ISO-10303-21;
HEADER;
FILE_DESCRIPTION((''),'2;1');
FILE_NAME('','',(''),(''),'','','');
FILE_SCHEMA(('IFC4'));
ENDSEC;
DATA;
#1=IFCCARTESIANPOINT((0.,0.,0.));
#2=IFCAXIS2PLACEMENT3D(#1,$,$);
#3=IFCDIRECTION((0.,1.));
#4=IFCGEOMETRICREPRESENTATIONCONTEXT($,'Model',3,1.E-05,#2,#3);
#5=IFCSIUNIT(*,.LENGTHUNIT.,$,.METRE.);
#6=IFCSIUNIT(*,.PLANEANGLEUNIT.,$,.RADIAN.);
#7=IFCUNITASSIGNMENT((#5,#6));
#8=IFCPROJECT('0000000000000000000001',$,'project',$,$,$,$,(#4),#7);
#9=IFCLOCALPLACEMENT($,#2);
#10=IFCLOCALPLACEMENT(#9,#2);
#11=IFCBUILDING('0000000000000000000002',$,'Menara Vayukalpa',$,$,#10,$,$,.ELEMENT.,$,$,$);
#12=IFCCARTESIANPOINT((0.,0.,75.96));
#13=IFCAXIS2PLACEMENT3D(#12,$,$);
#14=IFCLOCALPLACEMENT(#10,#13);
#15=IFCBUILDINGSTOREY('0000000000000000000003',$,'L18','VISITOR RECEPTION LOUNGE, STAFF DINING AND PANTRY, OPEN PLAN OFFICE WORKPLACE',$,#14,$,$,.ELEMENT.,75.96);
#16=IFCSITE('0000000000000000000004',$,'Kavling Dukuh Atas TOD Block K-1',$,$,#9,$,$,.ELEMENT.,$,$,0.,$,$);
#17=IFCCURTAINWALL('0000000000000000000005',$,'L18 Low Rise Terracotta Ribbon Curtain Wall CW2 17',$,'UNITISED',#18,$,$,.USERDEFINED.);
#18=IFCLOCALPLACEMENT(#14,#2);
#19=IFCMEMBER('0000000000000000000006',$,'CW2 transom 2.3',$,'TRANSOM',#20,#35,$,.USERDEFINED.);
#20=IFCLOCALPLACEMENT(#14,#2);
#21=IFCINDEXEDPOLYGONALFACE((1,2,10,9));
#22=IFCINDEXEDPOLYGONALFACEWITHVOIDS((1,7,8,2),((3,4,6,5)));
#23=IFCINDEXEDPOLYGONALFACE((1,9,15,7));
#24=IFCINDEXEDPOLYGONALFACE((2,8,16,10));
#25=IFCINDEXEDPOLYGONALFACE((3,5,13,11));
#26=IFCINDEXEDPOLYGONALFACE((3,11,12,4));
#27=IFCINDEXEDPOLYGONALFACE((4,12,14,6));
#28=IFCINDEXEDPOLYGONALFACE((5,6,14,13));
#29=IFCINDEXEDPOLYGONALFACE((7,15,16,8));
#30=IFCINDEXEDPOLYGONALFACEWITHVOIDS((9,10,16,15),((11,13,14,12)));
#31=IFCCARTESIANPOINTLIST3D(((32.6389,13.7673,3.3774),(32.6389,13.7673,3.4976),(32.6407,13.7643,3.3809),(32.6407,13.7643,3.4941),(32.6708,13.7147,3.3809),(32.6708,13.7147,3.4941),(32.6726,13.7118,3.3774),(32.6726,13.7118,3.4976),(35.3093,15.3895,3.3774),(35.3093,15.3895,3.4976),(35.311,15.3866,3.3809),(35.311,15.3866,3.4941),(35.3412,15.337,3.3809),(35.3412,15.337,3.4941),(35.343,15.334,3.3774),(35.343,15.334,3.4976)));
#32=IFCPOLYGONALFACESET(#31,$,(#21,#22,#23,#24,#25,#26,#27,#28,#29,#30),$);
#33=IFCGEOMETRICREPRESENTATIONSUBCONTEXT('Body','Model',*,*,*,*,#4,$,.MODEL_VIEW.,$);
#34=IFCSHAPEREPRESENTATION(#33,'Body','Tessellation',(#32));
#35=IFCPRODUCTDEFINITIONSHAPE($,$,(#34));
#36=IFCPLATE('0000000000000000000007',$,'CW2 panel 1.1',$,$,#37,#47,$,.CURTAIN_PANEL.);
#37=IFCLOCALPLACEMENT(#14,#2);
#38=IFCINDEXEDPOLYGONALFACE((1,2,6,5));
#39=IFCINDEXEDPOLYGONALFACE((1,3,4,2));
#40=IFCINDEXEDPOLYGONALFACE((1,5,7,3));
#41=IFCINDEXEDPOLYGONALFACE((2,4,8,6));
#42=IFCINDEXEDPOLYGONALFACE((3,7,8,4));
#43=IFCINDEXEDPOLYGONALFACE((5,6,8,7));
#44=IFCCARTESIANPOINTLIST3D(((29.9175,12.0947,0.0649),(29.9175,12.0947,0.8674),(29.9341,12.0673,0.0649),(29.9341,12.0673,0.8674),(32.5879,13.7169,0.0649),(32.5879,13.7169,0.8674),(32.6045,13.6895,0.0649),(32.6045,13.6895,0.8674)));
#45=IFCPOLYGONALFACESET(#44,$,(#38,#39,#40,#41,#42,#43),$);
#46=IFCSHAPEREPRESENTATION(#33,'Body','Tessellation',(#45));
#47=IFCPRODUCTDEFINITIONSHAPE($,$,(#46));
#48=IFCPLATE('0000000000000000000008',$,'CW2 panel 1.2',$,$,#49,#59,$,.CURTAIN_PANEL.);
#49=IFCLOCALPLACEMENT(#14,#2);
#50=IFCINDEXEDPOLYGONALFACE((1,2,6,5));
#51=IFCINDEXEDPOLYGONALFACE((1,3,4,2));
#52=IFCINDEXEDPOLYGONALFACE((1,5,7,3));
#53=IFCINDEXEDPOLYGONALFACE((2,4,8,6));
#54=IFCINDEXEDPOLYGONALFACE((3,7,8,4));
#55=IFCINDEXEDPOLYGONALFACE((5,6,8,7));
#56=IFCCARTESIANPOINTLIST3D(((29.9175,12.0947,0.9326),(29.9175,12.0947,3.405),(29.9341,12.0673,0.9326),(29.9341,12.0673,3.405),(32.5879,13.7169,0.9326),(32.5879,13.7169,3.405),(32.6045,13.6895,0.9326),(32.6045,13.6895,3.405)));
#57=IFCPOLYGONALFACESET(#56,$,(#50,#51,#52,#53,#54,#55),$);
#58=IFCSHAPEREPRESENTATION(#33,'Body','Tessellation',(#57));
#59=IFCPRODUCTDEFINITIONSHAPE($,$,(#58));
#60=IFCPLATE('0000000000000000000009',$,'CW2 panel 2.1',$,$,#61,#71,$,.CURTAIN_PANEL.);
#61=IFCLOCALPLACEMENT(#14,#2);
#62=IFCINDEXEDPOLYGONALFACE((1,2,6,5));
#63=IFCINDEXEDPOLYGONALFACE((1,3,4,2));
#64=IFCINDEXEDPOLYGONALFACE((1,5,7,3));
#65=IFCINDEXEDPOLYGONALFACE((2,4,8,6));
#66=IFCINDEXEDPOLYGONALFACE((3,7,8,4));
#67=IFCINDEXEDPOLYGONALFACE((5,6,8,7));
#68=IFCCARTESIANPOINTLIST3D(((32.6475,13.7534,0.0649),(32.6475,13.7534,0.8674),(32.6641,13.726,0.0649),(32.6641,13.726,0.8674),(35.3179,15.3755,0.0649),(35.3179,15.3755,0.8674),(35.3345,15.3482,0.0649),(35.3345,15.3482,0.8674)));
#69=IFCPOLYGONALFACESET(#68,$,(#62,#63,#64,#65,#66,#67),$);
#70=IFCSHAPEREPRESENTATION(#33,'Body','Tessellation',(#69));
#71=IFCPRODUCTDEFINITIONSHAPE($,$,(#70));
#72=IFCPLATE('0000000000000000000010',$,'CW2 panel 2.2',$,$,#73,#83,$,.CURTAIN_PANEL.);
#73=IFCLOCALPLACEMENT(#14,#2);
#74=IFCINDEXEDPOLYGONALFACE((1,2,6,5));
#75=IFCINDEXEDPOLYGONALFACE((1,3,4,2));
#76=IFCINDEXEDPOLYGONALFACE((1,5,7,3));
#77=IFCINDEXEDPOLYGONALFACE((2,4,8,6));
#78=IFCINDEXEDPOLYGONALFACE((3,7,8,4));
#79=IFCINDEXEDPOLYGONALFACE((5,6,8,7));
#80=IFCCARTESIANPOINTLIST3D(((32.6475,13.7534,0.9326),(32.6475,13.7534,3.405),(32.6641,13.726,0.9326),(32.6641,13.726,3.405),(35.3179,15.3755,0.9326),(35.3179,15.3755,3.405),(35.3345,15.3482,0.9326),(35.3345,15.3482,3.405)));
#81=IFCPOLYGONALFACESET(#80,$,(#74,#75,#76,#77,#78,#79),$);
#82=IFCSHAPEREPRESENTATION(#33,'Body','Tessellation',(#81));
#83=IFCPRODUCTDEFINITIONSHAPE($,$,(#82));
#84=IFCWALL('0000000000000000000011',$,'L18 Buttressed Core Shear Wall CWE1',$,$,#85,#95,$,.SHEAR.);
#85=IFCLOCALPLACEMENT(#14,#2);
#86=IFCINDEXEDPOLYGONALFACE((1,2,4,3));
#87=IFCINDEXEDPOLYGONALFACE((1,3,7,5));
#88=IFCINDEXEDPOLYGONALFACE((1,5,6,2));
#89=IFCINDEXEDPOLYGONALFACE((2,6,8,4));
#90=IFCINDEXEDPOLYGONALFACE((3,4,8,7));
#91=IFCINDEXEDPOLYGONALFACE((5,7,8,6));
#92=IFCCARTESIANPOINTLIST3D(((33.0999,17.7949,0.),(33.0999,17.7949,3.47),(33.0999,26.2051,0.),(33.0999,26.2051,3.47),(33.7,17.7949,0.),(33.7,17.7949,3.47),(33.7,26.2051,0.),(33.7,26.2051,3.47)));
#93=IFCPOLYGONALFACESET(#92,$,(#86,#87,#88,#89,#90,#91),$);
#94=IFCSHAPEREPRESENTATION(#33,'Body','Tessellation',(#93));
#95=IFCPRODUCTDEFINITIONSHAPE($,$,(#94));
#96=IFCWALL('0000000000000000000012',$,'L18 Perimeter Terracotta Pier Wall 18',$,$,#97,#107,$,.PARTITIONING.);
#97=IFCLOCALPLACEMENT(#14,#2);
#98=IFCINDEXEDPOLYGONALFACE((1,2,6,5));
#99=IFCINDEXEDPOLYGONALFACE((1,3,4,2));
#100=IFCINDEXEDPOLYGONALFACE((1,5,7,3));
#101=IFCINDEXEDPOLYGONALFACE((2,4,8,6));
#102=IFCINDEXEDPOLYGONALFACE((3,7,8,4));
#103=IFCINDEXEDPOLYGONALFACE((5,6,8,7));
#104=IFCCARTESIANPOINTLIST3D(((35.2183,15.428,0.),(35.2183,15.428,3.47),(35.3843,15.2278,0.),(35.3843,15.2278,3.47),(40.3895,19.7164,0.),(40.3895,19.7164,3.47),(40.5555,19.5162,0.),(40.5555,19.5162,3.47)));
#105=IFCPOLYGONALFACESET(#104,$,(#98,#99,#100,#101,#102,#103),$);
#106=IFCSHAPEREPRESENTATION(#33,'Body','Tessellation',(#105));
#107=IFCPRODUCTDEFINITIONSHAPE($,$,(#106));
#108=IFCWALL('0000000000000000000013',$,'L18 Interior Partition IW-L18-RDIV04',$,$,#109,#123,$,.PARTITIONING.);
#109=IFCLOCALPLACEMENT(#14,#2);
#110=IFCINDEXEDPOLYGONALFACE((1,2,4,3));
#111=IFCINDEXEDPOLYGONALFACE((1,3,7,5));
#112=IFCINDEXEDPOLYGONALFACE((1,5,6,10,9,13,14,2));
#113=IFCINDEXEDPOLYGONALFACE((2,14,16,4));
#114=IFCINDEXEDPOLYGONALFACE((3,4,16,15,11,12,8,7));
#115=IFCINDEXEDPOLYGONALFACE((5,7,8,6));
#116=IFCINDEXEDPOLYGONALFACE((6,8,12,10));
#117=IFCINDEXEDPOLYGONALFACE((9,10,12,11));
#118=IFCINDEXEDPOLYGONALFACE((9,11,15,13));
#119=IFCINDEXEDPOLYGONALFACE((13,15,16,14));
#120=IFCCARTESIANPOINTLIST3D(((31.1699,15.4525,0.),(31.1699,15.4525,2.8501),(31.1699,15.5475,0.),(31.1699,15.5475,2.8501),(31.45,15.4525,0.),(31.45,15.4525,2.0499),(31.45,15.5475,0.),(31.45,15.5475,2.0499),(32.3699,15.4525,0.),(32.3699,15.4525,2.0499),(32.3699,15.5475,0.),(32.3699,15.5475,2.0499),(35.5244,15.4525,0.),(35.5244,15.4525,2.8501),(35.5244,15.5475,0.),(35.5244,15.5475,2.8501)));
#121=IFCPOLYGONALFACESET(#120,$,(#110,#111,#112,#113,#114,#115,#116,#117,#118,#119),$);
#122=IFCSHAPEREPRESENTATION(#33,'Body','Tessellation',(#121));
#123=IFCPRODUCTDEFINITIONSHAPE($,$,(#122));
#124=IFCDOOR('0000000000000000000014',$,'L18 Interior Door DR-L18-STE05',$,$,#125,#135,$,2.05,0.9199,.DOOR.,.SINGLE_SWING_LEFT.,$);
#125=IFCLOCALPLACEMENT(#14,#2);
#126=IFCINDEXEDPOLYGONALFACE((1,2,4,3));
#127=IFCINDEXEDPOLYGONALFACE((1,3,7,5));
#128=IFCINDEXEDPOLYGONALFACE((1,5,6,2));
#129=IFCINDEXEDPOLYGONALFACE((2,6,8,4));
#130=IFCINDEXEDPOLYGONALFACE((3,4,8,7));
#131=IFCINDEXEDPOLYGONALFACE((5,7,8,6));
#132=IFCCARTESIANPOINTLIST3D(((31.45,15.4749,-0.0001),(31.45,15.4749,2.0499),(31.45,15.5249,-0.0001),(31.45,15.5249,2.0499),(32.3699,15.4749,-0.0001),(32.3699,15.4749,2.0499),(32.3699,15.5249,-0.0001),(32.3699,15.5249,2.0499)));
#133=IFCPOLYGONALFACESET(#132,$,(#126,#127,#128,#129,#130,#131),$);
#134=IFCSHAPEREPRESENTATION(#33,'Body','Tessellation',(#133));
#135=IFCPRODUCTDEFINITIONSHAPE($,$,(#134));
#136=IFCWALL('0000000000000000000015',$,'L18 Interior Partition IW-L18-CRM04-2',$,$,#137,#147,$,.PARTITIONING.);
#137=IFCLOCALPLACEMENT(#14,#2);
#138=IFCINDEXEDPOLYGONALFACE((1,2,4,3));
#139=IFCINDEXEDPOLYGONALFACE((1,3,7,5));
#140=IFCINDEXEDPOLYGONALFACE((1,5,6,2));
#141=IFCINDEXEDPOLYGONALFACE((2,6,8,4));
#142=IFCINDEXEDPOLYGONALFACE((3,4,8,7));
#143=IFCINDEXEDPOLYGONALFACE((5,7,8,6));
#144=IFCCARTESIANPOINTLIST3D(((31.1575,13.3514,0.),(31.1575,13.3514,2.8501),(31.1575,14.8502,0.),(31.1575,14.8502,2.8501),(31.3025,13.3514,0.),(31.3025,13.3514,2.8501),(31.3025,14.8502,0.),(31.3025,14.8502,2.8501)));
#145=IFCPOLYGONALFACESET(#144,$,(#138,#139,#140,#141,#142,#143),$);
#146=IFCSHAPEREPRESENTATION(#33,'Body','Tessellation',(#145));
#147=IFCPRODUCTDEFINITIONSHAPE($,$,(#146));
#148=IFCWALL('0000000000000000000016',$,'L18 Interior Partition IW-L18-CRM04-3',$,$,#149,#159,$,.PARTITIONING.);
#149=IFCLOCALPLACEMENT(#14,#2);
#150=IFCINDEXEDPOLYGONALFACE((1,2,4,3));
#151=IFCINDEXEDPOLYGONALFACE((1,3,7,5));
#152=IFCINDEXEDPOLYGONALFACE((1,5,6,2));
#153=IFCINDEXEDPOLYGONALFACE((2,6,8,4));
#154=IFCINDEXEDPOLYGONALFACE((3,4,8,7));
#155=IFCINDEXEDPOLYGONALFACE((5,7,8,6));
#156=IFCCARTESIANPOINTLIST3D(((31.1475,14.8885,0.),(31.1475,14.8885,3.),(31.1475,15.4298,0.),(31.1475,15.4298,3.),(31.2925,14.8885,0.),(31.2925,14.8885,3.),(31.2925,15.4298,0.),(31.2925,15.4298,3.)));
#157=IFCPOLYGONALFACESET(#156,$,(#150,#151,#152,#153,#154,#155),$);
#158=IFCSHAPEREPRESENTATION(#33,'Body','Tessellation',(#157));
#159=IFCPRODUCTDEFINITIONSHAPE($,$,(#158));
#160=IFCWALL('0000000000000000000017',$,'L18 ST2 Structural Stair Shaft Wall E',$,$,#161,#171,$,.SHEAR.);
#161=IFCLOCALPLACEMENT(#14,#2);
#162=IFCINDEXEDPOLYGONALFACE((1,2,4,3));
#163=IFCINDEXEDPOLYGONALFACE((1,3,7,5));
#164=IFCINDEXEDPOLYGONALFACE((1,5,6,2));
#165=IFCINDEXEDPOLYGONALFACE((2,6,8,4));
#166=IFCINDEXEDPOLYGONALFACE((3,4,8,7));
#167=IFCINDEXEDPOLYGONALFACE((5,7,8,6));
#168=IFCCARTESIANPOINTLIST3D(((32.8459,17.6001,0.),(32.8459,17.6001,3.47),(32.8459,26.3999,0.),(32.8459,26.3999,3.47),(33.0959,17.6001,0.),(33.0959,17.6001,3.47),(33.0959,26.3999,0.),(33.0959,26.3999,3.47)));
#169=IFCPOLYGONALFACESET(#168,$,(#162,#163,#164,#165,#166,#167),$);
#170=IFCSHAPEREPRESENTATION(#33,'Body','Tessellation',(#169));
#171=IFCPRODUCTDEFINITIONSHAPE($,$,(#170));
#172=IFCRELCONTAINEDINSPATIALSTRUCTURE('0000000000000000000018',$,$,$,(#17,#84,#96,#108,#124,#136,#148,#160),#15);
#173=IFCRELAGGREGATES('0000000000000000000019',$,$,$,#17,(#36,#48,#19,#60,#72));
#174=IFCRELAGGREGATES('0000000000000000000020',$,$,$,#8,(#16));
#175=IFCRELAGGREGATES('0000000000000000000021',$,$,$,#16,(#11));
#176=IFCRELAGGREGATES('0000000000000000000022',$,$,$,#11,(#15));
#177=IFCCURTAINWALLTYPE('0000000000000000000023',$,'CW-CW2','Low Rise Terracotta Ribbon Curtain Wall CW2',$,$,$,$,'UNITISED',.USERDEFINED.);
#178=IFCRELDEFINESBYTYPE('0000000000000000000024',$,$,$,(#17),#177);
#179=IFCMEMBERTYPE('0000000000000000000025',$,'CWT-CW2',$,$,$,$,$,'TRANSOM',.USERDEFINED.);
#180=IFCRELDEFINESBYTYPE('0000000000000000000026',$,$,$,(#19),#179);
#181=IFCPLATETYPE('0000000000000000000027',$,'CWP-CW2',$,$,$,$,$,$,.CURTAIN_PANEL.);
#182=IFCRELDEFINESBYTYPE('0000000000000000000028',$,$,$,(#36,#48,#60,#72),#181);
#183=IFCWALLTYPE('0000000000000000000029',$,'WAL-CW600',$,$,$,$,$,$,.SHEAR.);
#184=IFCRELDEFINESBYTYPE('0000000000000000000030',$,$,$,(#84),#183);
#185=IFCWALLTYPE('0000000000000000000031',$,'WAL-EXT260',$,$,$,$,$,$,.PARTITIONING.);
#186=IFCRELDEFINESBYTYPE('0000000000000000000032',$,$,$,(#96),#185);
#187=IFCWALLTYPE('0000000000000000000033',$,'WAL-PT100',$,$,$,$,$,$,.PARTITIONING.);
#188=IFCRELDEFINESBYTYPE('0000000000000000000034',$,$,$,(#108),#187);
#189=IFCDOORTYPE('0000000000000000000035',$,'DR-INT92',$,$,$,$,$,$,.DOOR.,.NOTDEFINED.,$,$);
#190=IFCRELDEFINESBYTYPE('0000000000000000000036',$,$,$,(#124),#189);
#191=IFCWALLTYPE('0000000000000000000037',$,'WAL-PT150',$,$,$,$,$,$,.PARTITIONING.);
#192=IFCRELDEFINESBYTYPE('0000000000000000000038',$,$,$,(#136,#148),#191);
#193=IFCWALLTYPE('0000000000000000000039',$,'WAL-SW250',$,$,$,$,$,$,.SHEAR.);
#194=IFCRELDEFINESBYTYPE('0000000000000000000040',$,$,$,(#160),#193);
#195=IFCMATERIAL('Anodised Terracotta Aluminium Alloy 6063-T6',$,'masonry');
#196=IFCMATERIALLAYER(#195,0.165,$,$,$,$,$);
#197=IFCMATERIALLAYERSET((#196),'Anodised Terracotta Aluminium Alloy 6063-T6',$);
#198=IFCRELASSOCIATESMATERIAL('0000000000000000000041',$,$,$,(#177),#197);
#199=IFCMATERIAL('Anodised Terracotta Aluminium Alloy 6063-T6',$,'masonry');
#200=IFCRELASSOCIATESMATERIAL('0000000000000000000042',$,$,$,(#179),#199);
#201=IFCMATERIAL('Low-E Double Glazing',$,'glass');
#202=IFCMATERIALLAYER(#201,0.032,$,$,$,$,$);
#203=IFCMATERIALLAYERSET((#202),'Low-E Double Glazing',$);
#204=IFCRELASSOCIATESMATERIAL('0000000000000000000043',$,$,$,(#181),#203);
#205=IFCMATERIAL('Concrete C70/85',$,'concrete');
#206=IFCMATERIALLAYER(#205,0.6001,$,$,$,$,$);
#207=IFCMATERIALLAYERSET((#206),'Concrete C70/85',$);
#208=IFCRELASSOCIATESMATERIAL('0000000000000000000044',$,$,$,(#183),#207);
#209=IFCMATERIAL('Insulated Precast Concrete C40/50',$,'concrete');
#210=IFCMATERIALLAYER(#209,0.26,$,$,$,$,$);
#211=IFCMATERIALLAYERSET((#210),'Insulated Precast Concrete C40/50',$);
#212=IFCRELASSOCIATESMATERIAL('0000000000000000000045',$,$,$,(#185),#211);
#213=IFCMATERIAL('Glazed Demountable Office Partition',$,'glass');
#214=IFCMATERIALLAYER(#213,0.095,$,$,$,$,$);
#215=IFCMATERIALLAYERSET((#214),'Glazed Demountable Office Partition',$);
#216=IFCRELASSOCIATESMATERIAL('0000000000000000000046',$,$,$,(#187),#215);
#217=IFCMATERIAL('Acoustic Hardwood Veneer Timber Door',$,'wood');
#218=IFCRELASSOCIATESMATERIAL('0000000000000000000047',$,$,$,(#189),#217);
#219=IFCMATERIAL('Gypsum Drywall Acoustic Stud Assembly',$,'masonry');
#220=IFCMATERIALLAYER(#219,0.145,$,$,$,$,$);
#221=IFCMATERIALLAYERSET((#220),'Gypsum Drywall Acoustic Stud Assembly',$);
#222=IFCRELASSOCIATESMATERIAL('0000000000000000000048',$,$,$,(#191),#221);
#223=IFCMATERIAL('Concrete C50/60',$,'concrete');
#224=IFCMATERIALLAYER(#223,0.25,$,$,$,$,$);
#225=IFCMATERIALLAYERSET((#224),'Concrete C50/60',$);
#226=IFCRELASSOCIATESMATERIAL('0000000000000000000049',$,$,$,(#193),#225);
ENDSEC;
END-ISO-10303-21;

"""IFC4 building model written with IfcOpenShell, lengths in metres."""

from ifc_helpers import new_model, si_unit, direction, frame, frame_2d, origin, origin_2d, place, context, subcontext, project, spatial, rectangle, hollow_rectangle, extrude, material, layer, layer_set, material_profile, profile_set, type_object, element, fill, aggregate, save


model = new_model("IFC4")

# Units and contexts
model_context = context("Model", 3, precision=1e-05, world=origin(), true_north=direction((0.0, 1.0)))
body_context = subcontext(model_context, "Body", "Model", "MODEL_VIEW")
ifc_project = project(units=[si_unit("LENGTHUNIT", "METRE"), si_unit("PLANEANGLEUNIT", "RADIAN")], contexts=[model_context])

# Site, building, storey
site_placement = place(None, origin())
site = spatial("IfcSite", under=ifc_project, at=site_placement, Name="Kavling Dukuh Atas TOD Block K-1", CompositionType="ELEMENT", RefElevation=0.0)
building_placement = place(site_placement, origin())
building = spatial("IfcBuilding", under=site, at=building_placement, Name="Menara Vayukalpa", CompositionType="ELEMENT")
storey_placement = place(building_placement, frame((0.0, 0.0, 75.96)))
storey = spatial("IfcBuildingStorey", under=building, at=storey_placement, Name="L18", Description="VISITOR RECEPTION LOUNGE, STAFF DINING AND PANTRY, OPEN PLAN OFFICE WORKPLACE", CompositionType="ELEMENT", Elevation=75.96)

# Curtain wall, member, plates
ifc_material_1 = material(Name="Anodised Terracotta Aluminium Alloy 6063-T6", Category="masonry")
ifc_layer_1 = layer(ifc_material_1, 0.165)
ifc_layer_set_1 = layer_set([ifc_layer_1], Name="Anodised Terracotta Aluminium Alloy 6063-T6")
curtain_wall_type = type_object("IfcCurtainWallType", Name="CW-CW2", Description="Low Rise Terracotta Ribbon Curtain Wall CW2", ElementType="UNITISED", PredefinedType="USERDEFINED", material=ifc_layer_set_1)
curtain_wall_placement = place(storey_placement, origin())
curtain_wall = element("IfcCurtainWall", 1, at=curtain_wall_placement, inside=storey, type_object=curtain_wall_type, Name="L18 Low Rise Terracotta Ribbon Curtain Wall CW2 17", ObjectType="UNITISED", PredefinedType="USERDEFINED")
ifc_material_2 = material(Name="Anodised Terracotta Aluminium Alloy 6063-T6", Category="masonry")
ifc_material_profile_1 = material_profile(ifc_material_2, hollow_rectangle(XDim=0.0649, YDim=0.1201, WallThickness=0.0034, at=origin_2d()), Name="ALU 65x120x3.5")
ifc_profile_set_1 = profile_set([ifc_material_profile_1], Name="Anodised Terracotta Aluminium Alloy 6063-T6")
member_type_1 = type_object("IfcMemberType", Name="CWT-CW2", ElementType="TRANSOM", PredefinedType="USERDEFINED", material=ifc_profile_set_1)
member_1_placement = place(storey_placement, frame((32.6558, 13.7395, 3.4375), z_axis=(0.854646, 0.519211, 0.0), x_axis=(-0.519211, 0.854646, 0.0)))
member_1 = element("IfcMember", 2, at=member_1_placement, type_object=member_type_1, Name="CW2 transom 2.3", ObjectType="TRANSOM", PredefinedType="USERDEFINED", context=body_context, shape_type="SweptSolid", body=[
    extrude(hollow_rectangle(XDim=0.0649, YDim=0.1201, WallThickness=0.0034, at=origin_2d()), origin(), (0.0, 0.0, 1.0), 3.1245),
])
ifc_material_3 = material(Name="Low-E Double Glazing", Category="glass")
ifc_layer_2 = layer(ifc_material_3, 0.032)
ifc_layer_set_2 = layer_set([ifc_layer_2], Name="Low-E Double Glazing")
plate_type = type_object("IfcPlateType", Name="CWP-CW2", PredefinedType="CURTAIN_PANEL", material=ifc_layer_set_2)
plate_1_placement = place(storey_placement, frame((31.261, 12.8921, 0.0649), z_axis=(0.0, 0.0, 1.0), x_axis=(0.854663, 0.519183, 0.0)))
plate_1 = element("IfcPlate", 3, at=plate_1_placement, type_object=plate_type, Name="CW2 panel 1.1", PredefinedType="CURTAIN_PANEL", context=body_context, shape_type="SweptSolid", body=[
    extrude(rectangle(XDim=3.1245, YDim=0.032, at=origin_2d()), origin(), (0.0, 0.0, 1.0), 0.8025),
])
plate_2_placement = place(storey_placement, frame((31.261, 12.8921, 0.9326), z_axis=(0.0, 0.0, 1.0), x_axis=(0.854663, 0.519183, 0.0)))
plate_2 = element("IfcPlate", 4, at=plate_2_placement, type_object=plate_type, Name="CW2 panel 1.2", PredefinedType="CURTAIN_PANEL", context=body_context, shape_type="SweptSolid", body=[
    extrude(rectangle(XDim=3.1245, YDim=0.032, at=origin_2d()), origin(), (0.0, 0.0, 1.0), 2.4724),
])
plate_3_placement = place(storey_placement, frame((33.991, 14.5508, 0.0649), z_axis=(0.0, 0.0, 1.0), x_axis=(0.854663, 0.519183, 0.0)))
plate_3 = element("IfcPlate", 5, at=plate_3_placement, type_object=plate_type, Name="CW2 panel 2.1", PredefinedType="CURTAIN_PANEL", context=body_context, shape_type="SweptSolid", body=[
    extrude(rectangle(XDim=3.1245, YDim=0.032, at=origin_2d()), origin(), (0.0, 0.0, 1.0), 0.8025),
])
plate_4_placement = place(storey_placement, frame((33.991, 14.5508, 0.9326), z_axis=(0.0, 0.0, 1.0), x_axis=(0.854663, 0.519183, 0.0)))
plate_4 = element("IfcPlate", 6, at=plate_4_placement, type_object=plate_type, Name="CW2 panel 2.2", PredefinedType="CURTAIN_PANEL", context=body_context, shape_type="SweptSolid", body=[
    extrude(rectangle(XDim=3.1245, YDim=0.032, at=origin_2d()), origin(), (0.0, 0.0, 1.0), 2.4724),
])
aggregate(curtain_wall, [plate_1, plate_2, member_1, plate_3, plate_4])

# Walls
ifc_material_4 = material(Name="Concrete C70/85", Category="concrete")
ifc_layer_3 = layer(ifc_material_4, 0.6001)
ifc_layer_set_3 = layer_set([ifc_layer_3], Name="Concrete C70/85")
wall_type_1 = type_object("IfcWallType", Name="WAL-CW600", PredefinedType="SHEAR", material=ifc_layer_set_3)
wall_1_placement = place(storey_placement, frame((33.3999, 17.7949, 0.0), z_axis=(0.0, 0.0, 1.0), x_axis=(0.0, 1.0, 0.0)))
element("IfcWall", 7, at=wall_1_placement, inside=storey, type_object=wall_type_1, Name="L18 Buttressed Core Shear Wall CWE1", PredefinedType="SHEAR", context=body_context, shape_type="SweptSolid", body=[
    extrude(rectangle(XDim=8.4102, YDim=0.6001, at=frame_2d((4.2051, 0.0))), origin(), (0.0, 0.0, 1.0), 3.47),
])
ifc_material_5 = material(Name="Insulated Precast Concrete C40/50", Category="concrete")
ifc_layer_4 = layer(ifc_material_5, 0.26)
ifc_layer_set_4 = layer_set([ifc_layer_4], Name="Insulated Precast Concrete C40/50")
wall_type_2 = type_object("IfcWallType", Name="WAL-EXT260", PredefinedType="PARTITIONING", material=ifc_layer_set_4)
wall_2_placement = place(storey_placement, frame((40.4724, 19.6162, 0.0), z_axis=(0.0, 0.0, 1.0), x_axis=(-0.769753, -0.638342, 0.0)))
element("IfcWall", 8, at=wall_2_placement, inside=storey, type_object=wall_type_2, Name="L18 Perimeter Terracotta Pier Wall 18", PredefinedType="PARTITIONING", context=body_context, shape_type="SweptSolid", body=[
    extrude(rectangle(XDim=6.718, YDim=0.26, at=frame_2d((3.3589, 0.0))), origin(), (0.0, 0.0, 1.0), 3.47),
])

# Wall, opening, door
ifc_material_6 = material(Name="Glazed Demountable Office Partition", Category="glass")
ifc_layer_5 = layer(ifc_material_6, 0.095)
ifc_layer_set_5 = layer_set([ifc_layer_5], Name="Glazed Demountable Office Partition")
wall_type_3 = type_object("IfcWallType", Name="WAL-PT100", PredefinedType="PARTITIONING", material=ifc_layer_set_5)
wall_3_placement = place(storey_placement, frame((31.1699, 15.5, 0.0), z_axis=(0.0, 0.0, 1.0), x_axis=(1.0, 0.0, 0.0)))
wall_3 = element("IfcWall", 9, at=wall_3_placement, inside=storey, type_object=wall_type_3, Name="L18 Interior Partition IW-L18-RDIV04", PredefinedType="PARTITIONING", context=body_context, shape_type="SweptSolid", body=[
    extrude(rectangle(XDim=4.3545, YDim=0.095, at=frame_2d((2.1772, 0.0))), origin(), (0.0, 0.0, 1.0), 2.8501),
])
opening_placement = place(wall_3_placement, frame((0.28, 0.0, 0.0)))
opening = element("IfcOpeningElement", 10, at=opening_placement, cuts=wall_3, PredefinedType="OPENING", context=body_context, shape_type="SweptSolid", body=[
    extrude(rectangle(XDim=0.9199, YDim=2.05, at=frame_2d((0.46, 1.0249))), frame((0.0, 0.0574, 0.0), z_axis=(0.0, -1.0, 0.0), x_axis=(1.0, 0.0, 0.0)), (0.0, 0.0, 1.0), 0.115),
])
ifc_material_7 = material(Name="Acoustic Hardwood Veneer Timber Door", Category="wood")
door_type = type_object("IfcDoorType", Name="DR-INT92", OperationType="NOTDEFINED", PredefinedType="DOOR", material=ifc_material_7)
door_placement = place(opening_placement, origin())
door = element("IfcDoor", 11, at=door_placement, inside=storey, type_object=door_type, Name="L18 Interior Door DR-L18-STE05", OperationType="SINGLE_SWING_LEFT", OverallHeight=2.05, OverallWidth=0.9199, PredefinedType="DOOR", context=body_context, shape_type="SweptSolid", body=[
    extrude(rectangle(XDim=0.9199, YDim=2.05, at=frame_2d((0.46, 1.0249))), frame((0.0, 0.0249, 0.0), z_axis=(0.0, -1.0, 0.0), x_axis=(1.0, 0.0, 0.0)), (0.0, 0.0, 1.0), 0.05),
])
fill(opening, door)

# Walls
ifc_material_8 = material(Name="Gypsum Drywall Acoustic Stud Assembly", Category="masonry")
ifc_layer_6 = layer(ifc_material_8, 0.145)
ifc_layer_set_6 = layer_set([ifc_layer_6], Name="Gypsum Drywall Acoustic Stud Assembly")
wall_type_4 = type_object("IfcWallType", Name="WAL-PT150", PredefinedType="PARTITIONING", material=ifc_layer_set_6)
wall_4_placement = place(storey_placement, frame((31.23, 13.3513, 0.0), z_axis=(0.0, 0.0, 1.0), x_axis=(0.0, 1.0, 0.0)))
element("IfcWall", 12, at=wall_4_placement, inside=storey, type_object=wall_type_4, Name="L18 Interior Partition IW-L18-CRM04-2", PredefinedType="PARTITIONING", context=body_context, shape_type="SweptSolid", body=[
    extrude(rectangle(XDim=1.4988, YDim=0.145, at=frame_2d((0.7495, 0.0))), origin(), (0.0, 0.0, 1.0), 2.8501),
])
wall_5_placement = place(storey_placement, frame((31.22, 14.8887, 0.0), z_axis=(0.0, 0.0, 1.0), x_axis=(0.0, 1.0, 0.0)))
element("IfcWall", 13, at=wall_5_placement, inside=storey, type_object=wall_type_4, Name="L18 Interior Partition IW-L18-CRM04-3", PredefinedType="PARTITIONING", context=body_context, shape_type="SweptSolid", body=[
    extrude(rectangle(XDim=0.5413, YDim=0.145, at=frame_2d((0.2705, 0.0))), origin(), (0.0, 0.0, 1.0), 3.0),
])
ifc_material_9 = material(Name="Concrete C50/60", Category="concrete")
ifc_layer_7 = layer(ifc_material_9, 0.25)
ifc_layer_set_7 = layer_set([ifc_layer_7], Name="Concrete C50/60")
wall_type_5 = type_object("IfcWallType", Name="WAL-SW250", PredefinedType="SHEAR", material=ifc_layer_set_7)
wall_6_placement = place(storey_placement, frame((32.9709, 17.6001, 0.0), z_axis=(0.0, 0.0, 1.0), x_axis=(0.0, 1.0, 0.0)))
element("IfcWall", 14, at=wall_6_placement, inside=storey, type_object=wall_type_5, Name="L18 ST2 Structural Stair Shaft Wall E", PredefinedType="SHEAR", context=body_context, shape_type="SweptSolid", body=[
    extrude(rectangle(XDim=8.7998, YDim=0.25, at=frame_2d((4.3999, 0.0))), origin(), (0.0, 0.0, 1.0), 3.47),
])

save(model, "model.ifc")
